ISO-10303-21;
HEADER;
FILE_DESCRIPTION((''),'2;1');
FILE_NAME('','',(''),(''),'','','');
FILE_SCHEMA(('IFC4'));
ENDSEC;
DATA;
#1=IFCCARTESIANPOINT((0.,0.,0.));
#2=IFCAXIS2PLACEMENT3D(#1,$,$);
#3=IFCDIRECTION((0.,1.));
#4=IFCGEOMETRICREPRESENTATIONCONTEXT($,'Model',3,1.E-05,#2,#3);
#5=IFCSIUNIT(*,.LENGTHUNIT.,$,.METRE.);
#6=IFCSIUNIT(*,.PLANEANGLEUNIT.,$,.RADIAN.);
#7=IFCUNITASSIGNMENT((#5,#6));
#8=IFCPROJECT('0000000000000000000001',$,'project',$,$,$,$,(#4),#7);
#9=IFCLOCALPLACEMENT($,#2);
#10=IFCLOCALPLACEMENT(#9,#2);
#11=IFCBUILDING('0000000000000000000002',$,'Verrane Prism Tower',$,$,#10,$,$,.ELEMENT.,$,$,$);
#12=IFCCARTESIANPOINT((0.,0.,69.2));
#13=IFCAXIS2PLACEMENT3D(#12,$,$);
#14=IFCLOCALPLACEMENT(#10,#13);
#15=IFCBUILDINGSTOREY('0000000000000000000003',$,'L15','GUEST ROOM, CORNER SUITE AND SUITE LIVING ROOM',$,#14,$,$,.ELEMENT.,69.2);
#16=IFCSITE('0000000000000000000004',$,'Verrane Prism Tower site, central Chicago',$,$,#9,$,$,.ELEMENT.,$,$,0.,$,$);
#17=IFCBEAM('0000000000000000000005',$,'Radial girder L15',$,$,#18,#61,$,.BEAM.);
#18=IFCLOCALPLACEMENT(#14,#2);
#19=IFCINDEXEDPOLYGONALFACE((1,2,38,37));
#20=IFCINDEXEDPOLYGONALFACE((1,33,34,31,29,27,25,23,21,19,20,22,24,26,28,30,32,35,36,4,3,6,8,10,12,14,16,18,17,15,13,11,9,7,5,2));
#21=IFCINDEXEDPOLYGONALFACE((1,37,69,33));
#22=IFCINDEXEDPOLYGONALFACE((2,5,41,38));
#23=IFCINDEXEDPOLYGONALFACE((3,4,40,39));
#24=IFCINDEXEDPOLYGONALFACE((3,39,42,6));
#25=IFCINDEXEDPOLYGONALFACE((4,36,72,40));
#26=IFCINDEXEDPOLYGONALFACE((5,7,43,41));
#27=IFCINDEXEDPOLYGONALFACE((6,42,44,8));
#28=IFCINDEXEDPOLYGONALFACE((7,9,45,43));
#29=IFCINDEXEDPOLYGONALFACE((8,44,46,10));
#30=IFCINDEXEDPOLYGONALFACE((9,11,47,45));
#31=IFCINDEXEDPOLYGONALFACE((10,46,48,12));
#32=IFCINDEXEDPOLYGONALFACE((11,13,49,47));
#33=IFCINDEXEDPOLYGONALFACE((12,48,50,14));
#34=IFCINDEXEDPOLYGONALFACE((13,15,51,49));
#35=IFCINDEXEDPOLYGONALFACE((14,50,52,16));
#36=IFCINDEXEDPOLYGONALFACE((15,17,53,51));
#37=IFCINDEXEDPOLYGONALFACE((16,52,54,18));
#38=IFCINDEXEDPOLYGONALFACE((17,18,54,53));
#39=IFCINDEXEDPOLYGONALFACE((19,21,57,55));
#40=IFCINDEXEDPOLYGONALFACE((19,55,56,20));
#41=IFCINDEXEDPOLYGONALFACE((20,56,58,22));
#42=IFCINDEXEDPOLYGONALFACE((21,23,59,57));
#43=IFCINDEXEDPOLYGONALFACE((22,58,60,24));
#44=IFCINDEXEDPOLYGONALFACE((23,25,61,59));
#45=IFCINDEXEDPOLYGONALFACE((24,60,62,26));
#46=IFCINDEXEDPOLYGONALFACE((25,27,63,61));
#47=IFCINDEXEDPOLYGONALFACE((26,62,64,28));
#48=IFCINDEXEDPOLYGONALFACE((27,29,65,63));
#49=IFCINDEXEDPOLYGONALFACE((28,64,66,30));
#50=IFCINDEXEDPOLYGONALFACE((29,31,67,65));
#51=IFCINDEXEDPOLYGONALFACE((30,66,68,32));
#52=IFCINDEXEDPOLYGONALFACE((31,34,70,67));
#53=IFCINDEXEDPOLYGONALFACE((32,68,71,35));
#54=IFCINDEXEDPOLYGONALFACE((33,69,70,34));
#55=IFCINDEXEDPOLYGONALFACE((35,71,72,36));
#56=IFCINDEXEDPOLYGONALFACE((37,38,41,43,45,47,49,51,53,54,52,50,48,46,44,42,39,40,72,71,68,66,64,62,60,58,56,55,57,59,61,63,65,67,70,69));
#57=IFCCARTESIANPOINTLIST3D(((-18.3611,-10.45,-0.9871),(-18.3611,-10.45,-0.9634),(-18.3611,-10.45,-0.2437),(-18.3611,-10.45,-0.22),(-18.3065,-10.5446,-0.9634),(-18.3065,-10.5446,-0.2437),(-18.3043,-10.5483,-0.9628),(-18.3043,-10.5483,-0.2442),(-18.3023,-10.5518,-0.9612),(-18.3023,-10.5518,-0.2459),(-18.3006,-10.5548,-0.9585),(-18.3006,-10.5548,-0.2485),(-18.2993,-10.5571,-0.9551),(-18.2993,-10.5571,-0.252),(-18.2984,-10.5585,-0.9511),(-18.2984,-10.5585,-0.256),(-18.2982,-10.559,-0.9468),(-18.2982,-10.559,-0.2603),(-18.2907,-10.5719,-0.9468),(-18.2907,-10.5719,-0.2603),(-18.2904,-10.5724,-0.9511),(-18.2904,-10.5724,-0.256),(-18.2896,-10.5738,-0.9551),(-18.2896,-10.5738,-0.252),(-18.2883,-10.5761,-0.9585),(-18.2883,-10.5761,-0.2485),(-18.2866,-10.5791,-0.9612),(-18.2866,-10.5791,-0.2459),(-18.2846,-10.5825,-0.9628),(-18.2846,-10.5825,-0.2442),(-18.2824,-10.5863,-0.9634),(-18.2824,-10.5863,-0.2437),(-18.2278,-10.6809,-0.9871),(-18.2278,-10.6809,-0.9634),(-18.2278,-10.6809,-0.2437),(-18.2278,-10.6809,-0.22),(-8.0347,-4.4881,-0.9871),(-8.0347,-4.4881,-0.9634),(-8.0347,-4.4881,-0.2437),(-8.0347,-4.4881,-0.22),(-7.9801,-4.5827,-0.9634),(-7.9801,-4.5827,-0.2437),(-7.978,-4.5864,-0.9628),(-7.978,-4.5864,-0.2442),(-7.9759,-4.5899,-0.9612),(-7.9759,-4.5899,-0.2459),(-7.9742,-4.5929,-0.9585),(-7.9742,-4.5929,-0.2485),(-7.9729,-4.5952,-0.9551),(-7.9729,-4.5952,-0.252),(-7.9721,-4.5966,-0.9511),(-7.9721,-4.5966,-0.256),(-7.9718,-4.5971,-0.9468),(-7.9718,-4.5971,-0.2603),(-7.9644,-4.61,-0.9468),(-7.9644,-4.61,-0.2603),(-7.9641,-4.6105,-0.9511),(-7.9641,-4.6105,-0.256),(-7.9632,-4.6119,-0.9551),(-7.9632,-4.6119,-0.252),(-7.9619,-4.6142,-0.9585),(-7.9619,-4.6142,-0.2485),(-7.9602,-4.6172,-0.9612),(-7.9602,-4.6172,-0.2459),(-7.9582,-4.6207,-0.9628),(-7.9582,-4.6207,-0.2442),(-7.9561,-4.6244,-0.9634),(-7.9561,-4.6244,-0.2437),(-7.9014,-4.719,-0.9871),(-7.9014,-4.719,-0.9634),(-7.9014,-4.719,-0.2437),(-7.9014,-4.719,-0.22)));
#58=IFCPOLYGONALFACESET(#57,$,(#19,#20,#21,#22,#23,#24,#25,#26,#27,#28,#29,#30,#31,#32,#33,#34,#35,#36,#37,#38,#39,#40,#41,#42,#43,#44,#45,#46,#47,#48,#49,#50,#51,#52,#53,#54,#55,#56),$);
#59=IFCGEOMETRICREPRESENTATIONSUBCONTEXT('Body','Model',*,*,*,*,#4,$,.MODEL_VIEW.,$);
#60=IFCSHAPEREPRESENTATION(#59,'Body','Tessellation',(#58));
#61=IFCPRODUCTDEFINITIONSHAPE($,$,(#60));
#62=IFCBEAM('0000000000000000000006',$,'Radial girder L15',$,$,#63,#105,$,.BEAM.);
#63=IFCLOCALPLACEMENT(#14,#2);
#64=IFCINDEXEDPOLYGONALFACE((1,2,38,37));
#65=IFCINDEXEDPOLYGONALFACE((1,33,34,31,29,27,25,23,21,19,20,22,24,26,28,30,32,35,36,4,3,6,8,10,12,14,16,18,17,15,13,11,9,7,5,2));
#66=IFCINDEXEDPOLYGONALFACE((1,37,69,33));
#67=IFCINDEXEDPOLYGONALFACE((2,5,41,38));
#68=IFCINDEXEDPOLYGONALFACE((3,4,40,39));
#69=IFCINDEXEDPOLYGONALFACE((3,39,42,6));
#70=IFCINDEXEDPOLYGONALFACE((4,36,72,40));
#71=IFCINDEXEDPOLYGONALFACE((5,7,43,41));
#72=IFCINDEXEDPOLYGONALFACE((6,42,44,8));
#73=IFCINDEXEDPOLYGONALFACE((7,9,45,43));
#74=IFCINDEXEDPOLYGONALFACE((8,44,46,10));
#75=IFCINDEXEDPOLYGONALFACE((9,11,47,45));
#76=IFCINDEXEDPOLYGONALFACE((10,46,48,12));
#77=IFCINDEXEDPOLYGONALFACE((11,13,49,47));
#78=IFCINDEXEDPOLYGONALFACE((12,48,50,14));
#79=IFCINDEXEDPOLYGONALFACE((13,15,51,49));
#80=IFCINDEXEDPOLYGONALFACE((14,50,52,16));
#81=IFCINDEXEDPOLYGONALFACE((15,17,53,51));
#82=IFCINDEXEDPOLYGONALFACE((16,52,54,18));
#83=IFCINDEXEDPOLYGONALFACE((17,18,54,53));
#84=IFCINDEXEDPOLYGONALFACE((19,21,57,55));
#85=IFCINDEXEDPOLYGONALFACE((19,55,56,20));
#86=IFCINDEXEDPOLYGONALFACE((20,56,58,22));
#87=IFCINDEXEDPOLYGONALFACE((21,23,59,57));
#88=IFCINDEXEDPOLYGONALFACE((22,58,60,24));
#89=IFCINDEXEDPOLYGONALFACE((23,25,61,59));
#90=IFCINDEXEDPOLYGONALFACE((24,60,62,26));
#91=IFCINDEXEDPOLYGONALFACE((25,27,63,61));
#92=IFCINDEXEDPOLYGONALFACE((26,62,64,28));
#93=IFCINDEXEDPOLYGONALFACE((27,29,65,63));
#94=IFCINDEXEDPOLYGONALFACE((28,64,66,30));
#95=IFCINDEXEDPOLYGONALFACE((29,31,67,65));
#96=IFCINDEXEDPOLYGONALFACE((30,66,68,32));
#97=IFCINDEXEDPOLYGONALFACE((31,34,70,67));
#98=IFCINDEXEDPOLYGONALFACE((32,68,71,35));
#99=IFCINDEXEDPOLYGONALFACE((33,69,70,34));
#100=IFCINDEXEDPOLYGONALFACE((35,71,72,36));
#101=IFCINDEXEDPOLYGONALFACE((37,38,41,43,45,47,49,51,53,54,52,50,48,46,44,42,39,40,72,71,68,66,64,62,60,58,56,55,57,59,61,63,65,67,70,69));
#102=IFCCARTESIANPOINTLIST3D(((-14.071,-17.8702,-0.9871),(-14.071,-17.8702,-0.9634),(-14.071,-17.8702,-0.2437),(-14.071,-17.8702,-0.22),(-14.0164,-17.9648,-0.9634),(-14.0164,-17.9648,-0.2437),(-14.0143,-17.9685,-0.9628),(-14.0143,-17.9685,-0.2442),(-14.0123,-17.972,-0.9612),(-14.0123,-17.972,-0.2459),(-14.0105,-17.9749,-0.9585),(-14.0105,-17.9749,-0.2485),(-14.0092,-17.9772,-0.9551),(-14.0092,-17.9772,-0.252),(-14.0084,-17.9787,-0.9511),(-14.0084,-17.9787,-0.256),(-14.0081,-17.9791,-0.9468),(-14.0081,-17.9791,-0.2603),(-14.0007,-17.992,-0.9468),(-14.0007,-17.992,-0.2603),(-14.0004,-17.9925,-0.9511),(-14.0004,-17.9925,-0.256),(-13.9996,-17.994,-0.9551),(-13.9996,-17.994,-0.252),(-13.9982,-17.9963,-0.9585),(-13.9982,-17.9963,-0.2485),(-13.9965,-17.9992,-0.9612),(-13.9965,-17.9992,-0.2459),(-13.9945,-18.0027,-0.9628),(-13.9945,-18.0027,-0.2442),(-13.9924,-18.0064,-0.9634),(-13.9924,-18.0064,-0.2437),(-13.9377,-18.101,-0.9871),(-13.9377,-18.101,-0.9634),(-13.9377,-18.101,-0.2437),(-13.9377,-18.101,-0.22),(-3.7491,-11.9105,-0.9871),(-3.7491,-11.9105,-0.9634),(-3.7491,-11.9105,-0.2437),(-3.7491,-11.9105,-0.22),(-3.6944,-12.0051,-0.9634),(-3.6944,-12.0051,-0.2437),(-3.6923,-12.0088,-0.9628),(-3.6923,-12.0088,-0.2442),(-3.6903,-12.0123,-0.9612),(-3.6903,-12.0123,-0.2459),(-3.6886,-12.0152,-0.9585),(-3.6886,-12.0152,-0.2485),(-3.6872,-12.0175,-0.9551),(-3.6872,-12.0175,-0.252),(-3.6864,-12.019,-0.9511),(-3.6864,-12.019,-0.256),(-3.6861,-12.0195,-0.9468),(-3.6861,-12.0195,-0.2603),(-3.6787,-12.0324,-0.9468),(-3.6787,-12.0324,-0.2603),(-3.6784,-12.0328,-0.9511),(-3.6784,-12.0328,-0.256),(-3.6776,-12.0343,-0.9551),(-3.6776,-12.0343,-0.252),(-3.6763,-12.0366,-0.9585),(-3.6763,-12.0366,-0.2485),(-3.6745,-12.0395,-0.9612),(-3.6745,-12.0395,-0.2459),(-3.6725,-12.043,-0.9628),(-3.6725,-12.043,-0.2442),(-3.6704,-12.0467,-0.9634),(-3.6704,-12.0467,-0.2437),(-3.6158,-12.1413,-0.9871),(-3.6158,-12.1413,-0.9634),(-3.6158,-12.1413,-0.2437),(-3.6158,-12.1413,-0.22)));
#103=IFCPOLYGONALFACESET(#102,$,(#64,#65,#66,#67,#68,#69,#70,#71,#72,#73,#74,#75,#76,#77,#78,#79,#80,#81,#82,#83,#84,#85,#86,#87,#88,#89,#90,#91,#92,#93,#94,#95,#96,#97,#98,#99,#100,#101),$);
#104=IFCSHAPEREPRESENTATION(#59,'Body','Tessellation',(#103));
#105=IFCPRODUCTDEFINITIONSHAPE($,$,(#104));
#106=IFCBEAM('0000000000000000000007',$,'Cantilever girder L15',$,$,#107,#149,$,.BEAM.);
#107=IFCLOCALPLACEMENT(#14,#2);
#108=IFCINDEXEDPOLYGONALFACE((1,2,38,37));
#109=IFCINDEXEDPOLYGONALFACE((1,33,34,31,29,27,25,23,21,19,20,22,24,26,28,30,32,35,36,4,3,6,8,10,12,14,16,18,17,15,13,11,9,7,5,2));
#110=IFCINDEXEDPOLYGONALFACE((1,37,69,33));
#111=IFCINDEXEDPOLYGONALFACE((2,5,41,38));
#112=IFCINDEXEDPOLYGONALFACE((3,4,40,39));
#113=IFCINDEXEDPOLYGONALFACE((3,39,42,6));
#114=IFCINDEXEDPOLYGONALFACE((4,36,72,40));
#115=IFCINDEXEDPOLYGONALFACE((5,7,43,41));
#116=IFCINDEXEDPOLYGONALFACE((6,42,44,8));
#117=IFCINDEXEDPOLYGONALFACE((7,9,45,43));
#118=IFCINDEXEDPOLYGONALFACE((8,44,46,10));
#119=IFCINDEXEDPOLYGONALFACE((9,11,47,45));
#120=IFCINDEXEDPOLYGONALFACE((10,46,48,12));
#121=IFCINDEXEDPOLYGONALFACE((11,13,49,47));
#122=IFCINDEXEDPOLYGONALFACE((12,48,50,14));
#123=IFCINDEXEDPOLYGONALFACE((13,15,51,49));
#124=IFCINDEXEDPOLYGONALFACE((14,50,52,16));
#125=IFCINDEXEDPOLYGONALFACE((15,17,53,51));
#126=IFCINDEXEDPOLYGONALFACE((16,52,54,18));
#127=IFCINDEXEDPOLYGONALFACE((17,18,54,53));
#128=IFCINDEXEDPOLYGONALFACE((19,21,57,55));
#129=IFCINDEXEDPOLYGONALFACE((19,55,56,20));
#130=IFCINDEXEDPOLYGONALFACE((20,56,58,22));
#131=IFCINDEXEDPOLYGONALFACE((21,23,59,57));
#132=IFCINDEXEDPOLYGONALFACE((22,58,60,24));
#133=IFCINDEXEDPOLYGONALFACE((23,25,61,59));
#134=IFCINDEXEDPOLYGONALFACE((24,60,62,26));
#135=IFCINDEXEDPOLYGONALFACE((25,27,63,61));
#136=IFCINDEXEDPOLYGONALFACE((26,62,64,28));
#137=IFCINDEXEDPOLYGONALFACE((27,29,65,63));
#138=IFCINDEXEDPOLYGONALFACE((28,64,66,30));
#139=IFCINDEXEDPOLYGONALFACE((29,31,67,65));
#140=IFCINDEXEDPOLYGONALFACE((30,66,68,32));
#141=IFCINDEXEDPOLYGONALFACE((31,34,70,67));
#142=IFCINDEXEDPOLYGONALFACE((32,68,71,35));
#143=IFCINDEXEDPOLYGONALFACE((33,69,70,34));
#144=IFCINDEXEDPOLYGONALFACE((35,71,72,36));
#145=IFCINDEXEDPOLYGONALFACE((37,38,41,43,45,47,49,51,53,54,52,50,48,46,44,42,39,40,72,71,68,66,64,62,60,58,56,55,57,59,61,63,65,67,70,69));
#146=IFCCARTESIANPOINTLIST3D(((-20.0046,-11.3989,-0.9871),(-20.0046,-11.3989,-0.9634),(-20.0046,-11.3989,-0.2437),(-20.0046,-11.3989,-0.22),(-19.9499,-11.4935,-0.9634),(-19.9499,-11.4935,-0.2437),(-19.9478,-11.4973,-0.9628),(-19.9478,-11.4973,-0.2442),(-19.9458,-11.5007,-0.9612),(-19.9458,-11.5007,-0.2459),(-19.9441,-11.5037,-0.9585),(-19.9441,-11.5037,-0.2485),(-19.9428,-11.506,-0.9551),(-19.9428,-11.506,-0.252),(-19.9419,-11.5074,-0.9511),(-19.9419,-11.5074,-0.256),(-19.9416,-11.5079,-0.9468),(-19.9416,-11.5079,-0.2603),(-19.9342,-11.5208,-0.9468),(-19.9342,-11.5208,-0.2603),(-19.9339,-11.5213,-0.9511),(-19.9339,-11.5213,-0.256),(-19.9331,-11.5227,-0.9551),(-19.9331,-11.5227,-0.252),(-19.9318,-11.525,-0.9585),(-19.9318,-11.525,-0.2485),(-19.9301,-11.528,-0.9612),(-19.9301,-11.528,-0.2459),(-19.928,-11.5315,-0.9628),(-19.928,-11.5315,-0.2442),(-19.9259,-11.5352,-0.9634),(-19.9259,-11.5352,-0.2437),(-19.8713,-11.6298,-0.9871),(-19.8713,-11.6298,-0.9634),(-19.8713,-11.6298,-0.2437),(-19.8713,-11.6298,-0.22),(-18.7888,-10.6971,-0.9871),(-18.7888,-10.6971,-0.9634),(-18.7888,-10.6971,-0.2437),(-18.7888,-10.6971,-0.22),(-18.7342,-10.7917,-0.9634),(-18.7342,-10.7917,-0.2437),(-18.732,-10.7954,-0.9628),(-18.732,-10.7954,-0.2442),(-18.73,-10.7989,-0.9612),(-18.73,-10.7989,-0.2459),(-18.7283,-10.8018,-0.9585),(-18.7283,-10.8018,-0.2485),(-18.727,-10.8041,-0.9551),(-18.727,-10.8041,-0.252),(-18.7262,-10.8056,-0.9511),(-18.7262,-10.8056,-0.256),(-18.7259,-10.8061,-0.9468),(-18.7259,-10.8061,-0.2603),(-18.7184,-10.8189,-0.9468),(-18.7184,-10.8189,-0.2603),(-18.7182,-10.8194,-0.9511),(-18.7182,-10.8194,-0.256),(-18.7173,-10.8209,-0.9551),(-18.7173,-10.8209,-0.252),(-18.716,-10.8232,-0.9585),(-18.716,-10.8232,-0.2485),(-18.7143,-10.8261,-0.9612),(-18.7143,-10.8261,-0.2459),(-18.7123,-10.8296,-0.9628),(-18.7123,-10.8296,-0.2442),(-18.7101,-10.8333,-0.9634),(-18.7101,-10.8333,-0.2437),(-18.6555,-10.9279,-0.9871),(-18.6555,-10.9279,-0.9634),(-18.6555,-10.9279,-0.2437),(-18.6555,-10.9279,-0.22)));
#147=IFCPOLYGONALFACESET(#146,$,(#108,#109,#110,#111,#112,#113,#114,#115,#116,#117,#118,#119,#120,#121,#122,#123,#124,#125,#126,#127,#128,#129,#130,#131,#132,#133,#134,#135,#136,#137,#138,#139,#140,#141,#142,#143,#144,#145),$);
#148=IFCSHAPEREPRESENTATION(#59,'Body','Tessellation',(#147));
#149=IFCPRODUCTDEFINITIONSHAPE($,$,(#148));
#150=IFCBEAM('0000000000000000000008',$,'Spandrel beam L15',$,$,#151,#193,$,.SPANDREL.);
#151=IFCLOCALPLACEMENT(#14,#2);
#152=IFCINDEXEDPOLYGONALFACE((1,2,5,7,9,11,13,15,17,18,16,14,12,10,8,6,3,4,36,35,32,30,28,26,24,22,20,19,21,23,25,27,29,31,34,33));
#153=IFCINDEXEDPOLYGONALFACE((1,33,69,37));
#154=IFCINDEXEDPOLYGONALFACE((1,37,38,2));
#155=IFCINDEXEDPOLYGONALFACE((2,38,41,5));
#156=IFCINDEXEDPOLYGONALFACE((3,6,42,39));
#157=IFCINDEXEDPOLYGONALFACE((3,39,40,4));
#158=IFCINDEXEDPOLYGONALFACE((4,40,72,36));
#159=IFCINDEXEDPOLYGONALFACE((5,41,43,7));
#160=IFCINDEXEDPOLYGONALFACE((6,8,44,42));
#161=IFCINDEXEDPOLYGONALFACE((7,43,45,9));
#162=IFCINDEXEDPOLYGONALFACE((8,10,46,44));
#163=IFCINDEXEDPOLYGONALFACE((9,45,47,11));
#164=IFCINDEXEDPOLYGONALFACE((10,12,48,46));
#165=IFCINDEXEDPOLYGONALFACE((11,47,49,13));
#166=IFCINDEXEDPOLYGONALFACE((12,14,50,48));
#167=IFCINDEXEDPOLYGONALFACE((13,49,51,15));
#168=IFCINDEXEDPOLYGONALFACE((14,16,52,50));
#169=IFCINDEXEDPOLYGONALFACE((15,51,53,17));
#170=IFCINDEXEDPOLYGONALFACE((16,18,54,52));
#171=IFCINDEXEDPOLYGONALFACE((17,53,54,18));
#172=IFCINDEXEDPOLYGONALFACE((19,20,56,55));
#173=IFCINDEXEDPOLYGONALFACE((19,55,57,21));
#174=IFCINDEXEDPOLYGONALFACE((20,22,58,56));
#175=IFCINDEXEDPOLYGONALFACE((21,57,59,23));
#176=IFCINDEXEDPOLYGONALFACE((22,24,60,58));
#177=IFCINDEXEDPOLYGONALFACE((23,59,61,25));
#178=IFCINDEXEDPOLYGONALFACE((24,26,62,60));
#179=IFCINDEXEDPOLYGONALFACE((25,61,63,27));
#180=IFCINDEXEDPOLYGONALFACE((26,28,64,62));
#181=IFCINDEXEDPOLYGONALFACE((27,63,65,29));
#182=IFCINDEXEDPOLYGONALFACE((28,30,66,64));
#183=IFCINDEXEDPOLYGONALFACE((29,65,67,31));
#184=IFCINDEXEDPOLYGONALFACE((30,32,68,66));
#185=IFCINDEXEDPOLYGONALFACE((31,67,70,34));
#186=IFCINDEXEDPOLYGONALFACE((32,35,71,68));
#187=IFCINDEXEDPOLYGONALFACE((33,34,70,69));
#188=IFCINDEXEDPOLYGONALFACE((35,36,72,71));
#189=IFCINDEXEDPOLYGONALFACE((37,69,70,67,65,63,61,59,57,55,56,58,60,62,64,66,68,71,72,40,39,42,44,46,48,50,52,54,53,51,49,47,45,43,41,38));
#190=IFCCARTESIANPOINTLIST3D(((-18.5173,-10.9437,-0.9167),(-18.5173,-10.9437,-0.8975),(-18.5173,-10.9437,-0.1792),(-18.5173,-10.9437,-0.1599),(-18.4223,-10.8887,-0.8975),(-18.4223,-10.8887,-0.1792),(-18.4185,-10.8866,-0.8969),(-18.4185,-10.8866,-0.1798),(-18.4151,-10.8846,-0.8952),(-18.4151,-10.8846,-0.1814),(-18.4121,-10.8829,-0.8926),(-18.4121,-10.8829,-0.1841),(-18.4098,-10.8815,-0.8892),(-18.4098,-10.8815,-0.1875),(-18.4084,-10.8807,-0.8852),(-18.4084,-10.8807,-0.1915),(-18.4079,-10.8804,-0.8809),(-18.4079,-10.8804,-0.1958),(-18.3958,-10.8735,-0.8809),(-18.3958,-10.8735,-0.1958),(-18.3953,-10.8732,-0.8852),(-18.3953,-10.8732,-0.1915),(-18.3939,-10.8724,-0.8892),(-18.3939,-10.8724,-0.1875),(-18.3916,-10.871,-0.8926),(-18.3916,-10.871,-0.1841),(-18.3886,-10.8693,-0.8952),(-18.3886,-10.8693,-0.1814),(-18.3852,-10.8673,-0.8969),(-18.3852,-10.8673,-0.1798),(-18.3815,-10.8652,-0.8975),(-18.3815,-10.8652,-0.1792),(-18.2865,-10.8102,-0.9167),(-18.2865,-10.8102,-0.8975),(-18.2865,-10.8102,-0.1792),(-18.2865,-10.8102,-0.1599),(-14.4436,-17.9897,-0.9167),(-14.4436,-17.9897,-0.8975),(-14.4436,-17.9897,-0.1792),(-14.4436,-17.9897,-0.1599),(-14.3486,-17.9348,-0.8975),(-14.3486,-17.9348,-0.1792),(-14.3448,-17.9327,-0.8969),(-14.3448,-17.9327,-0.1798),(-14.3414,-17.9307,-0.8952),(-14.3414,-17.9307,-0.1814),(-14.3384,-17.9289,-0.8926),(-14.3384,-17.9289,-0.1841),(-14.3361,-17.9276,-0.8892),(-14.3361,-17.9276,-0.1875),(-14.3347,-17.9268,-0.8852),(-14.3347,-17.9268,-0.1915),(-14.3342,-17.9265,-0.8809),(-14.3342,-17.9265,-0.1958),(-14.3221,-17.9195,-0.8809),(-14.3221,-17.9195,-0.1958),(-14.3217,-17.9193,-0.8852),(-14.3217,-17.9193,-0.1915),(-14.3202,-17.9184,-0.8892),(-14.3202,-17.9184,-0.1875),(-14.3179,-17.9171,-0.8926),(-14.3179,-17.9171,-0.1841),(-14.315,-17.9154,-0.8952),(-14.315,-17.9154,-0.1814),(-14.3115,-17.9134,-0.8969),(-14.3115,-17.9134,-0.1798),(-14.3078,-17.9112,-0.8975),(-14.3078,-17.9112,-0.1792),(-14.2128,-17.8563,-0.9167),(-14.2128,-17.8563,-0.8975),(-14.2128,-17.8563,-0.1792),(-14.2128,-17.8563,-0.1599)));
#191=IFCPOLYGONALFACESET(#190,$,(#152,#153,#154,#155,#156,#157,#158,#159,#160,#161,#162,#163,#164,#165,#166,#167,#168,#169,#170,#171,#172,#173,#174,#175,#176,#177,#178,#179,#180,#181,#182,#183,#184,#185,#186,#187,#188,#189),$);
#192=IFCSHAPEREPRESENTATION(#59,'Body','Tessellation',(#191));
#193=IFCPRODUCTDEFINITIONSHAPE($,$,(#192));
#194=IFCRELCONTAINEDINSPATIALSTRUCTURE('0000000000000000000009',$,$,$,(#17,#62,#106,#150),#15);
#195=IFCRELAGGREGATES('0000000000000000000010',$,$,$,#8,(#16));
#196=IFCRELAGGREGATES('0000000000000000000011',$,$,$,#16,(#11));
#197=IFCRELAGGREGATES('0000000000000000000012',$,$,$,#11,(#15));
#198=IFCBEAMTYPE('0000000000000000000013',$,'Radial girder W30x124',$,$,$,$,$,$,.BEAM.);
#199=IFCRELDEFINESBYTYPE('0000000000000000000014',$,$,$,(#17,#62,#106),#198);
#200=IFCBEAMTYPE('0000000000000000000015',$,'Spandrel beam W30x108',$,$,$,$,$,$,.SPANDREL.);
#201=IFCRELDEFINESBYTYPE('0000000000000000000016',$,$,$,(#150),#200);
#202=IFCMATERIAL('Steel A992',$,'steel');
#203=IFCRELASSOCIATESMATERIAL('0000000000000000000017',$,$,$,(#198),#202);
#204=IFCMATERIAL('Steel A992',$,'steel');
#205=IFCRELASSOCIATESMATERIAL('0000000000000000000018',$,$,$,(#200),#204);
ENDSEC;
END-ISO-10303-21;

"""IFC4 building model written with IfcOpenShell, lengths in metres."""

from ifc_helpers import new_model, si_unit, direction, frame, origin, origin_2d, place, context, subcontext, project, spatial, i_section, extrude, material, material_profile, profile_set, type_object, element, save


model = new_model("IFC4")

# Units and contexts
model_context = context("Model", 3, precision=1e-05, world=origin(), true_north=direction((0.0, 1.0)))
body_context = subcontext(model_context, "Body", "Model", "MODEL_VIEW")
ifc_project = project(units=[si_unit("LENGTHUNIT", "METRE"), si_unit("PLANEANGLEUNIT", "RADIAN")], contexts=[model_context])

# Site, building, storey
site_placement = place(None, origin())
site = spatial("IfcSite", under=ifc_project, at=site_placement, Name="Verrane Prism Tower site, central Chicago", CompositionType="ELEMENT", RefElevation=0.0)
building_placement = place(site_placement, origin())
building = spatial("IfcBuilding", under=site, at=building_placement, Name="Verrane Prism Tower", CompositionType="ELEMENT")
storey_placement = place(building_placement, frame((0.0, 0.0, 69.2)))
storey = spatial("IfcBuildingStorey", under=building, at=storey_placement, Name="L15", Description="GUEST ROOM, CORNER SUITE AND SUITE LIVING ROOM", CompositionType="ELEMENT", Elevation=69.2)

# Beams
ifc_material_1 = material(Name="Steel A992", Category="steel")
ifc_material_profile_1 = material_profile(ifc_material_1, i_section(OverallWidth=0.2666, OverallDepth=0.7671, WebThickness=0.0149, FlangeThickness=0.0237, FilletRadius=0.0166, at=origin_2d()), Name="W30x124")
ifc_profile_set_1 = profile_set([ifc_material_profile_1], Name="Steel A992")
beam_type_1 = type_object("IfcBeamType", Name="Radial girder W30x124", PredefinedType="BEAM", material=ifc_profile_set_1)
beam_1_placement = place(storey_placement, frame((-18.2944, -10.5654, -0.6035), z_axis=(0.866027, 0.499997, 0.0), x_axis=(-0.499997, 0.866027, 0.0)))
element("IfcBeam", 1, at=beam_1_placement, inside=storey, type_object=beam_type_1, Name="Radial girder L15", PredefinedType="BEAM", context=body_context, shape_type="SweptSolid", body=[
    extrude(i_section(OverallWidth=0.2666, OverallDepth=0.7671, WebThickness=0.0149, FlangeThickness=0.0237, FilletRadius=0.0166, at=origin_2d()), origin(), (0.0, 0.0, 1.0), 11.9238),
])
beam_2_placement = place(storey_placement, frame((-14.0044, -17.9856, -0.6035), z_axis=(0.866015, 0.500019, 0.0), x_axis=(-0.500019, 0.866015, 0.0)))
element("IfcBeam", 2, at=beam_2_placement, inside=storey, type_object=beam_type_1, Name="Radial girder L15", PredefinedType="BEAM", context=body_context, shape_type="SweptSolid", body=[
    extrude(i_section(OverallWidth=0.2666, OverallDepth=0.7671, WebThickness=0.0149, FlangeThickness=0.0237, FilletRadius=0.0166, at=origin_2d()), origin(), (0.0, 0.0, 1.0), 11.9189),
])
beam_3_placement = place(storey_placement, frame((-18.7222, -10.8125, -0.6035), z_axis=(-0.866041, -0.499973, 0.0), x_axis=(0.499973, -0.866041, 0.0)))
element("IfcBeam", 3, at=beam_3_placement, inside=storey, type_object=beam_type_1, Name="Cantilever girder L15", PredefinedType="BEAM", context=body_context, shape_type="SweptSolid", body=[
    extrude(i_section(OverallWidth=0.2666, OverallDepth=0.7671, WebThickness=0.0149, FlangeThickness=0.0237, FilletRadius=0.0166, at=origin_2d()), origin(), (0.0, 0.0, 1.0), 1.4038),
])
ifc_material_2 = material(Name="Steel A992", Category="steel")
ifc_material_profile_2 = material_profile(ifc_material_2, i_section(OverallWidth=0.2666, OverallDepth=0.7568, WebThickness=0.0139, FlangeThickness=0.0193, FilletRadius=0.0166, at=origin_2d()), Name="W30x108")
ifc_profile_set_2 = profile_set([ifc_material_profile_2], Name="Steel A992")
beam_type_2 = type_object("IfcBeamType", Name="Spandrel beam W30x108", PredefinedType="SPANDREL", material=ifc_profile_set_2)
beam_4_placement = place(storey_placement, frame((-18.4019, -10.877, -0.5383), z_axis=(0.500519, -0.865725, 0.0), x_axis=(0.865725, 0.500519, 0.0)))
element("IfcBeam", 4, at=beam_4_placement, inside=storey, type_object=beam_type_2, Name="Spandrel beam L15", PredefinedType="SPANDREL", context=body_context, shape_type="SweptSolid", body=[
    extrude(i_section(OverallWidth=0.2666, OverallDepth=0.7568, WebThickness=0.0139, FlangeThickness=0.0193, FilletRadius=0.0166, at=origin_2d()), origin(), (0.0, 0.0, 1.0), 8.1389),
])

save(model, "model.ifc")
